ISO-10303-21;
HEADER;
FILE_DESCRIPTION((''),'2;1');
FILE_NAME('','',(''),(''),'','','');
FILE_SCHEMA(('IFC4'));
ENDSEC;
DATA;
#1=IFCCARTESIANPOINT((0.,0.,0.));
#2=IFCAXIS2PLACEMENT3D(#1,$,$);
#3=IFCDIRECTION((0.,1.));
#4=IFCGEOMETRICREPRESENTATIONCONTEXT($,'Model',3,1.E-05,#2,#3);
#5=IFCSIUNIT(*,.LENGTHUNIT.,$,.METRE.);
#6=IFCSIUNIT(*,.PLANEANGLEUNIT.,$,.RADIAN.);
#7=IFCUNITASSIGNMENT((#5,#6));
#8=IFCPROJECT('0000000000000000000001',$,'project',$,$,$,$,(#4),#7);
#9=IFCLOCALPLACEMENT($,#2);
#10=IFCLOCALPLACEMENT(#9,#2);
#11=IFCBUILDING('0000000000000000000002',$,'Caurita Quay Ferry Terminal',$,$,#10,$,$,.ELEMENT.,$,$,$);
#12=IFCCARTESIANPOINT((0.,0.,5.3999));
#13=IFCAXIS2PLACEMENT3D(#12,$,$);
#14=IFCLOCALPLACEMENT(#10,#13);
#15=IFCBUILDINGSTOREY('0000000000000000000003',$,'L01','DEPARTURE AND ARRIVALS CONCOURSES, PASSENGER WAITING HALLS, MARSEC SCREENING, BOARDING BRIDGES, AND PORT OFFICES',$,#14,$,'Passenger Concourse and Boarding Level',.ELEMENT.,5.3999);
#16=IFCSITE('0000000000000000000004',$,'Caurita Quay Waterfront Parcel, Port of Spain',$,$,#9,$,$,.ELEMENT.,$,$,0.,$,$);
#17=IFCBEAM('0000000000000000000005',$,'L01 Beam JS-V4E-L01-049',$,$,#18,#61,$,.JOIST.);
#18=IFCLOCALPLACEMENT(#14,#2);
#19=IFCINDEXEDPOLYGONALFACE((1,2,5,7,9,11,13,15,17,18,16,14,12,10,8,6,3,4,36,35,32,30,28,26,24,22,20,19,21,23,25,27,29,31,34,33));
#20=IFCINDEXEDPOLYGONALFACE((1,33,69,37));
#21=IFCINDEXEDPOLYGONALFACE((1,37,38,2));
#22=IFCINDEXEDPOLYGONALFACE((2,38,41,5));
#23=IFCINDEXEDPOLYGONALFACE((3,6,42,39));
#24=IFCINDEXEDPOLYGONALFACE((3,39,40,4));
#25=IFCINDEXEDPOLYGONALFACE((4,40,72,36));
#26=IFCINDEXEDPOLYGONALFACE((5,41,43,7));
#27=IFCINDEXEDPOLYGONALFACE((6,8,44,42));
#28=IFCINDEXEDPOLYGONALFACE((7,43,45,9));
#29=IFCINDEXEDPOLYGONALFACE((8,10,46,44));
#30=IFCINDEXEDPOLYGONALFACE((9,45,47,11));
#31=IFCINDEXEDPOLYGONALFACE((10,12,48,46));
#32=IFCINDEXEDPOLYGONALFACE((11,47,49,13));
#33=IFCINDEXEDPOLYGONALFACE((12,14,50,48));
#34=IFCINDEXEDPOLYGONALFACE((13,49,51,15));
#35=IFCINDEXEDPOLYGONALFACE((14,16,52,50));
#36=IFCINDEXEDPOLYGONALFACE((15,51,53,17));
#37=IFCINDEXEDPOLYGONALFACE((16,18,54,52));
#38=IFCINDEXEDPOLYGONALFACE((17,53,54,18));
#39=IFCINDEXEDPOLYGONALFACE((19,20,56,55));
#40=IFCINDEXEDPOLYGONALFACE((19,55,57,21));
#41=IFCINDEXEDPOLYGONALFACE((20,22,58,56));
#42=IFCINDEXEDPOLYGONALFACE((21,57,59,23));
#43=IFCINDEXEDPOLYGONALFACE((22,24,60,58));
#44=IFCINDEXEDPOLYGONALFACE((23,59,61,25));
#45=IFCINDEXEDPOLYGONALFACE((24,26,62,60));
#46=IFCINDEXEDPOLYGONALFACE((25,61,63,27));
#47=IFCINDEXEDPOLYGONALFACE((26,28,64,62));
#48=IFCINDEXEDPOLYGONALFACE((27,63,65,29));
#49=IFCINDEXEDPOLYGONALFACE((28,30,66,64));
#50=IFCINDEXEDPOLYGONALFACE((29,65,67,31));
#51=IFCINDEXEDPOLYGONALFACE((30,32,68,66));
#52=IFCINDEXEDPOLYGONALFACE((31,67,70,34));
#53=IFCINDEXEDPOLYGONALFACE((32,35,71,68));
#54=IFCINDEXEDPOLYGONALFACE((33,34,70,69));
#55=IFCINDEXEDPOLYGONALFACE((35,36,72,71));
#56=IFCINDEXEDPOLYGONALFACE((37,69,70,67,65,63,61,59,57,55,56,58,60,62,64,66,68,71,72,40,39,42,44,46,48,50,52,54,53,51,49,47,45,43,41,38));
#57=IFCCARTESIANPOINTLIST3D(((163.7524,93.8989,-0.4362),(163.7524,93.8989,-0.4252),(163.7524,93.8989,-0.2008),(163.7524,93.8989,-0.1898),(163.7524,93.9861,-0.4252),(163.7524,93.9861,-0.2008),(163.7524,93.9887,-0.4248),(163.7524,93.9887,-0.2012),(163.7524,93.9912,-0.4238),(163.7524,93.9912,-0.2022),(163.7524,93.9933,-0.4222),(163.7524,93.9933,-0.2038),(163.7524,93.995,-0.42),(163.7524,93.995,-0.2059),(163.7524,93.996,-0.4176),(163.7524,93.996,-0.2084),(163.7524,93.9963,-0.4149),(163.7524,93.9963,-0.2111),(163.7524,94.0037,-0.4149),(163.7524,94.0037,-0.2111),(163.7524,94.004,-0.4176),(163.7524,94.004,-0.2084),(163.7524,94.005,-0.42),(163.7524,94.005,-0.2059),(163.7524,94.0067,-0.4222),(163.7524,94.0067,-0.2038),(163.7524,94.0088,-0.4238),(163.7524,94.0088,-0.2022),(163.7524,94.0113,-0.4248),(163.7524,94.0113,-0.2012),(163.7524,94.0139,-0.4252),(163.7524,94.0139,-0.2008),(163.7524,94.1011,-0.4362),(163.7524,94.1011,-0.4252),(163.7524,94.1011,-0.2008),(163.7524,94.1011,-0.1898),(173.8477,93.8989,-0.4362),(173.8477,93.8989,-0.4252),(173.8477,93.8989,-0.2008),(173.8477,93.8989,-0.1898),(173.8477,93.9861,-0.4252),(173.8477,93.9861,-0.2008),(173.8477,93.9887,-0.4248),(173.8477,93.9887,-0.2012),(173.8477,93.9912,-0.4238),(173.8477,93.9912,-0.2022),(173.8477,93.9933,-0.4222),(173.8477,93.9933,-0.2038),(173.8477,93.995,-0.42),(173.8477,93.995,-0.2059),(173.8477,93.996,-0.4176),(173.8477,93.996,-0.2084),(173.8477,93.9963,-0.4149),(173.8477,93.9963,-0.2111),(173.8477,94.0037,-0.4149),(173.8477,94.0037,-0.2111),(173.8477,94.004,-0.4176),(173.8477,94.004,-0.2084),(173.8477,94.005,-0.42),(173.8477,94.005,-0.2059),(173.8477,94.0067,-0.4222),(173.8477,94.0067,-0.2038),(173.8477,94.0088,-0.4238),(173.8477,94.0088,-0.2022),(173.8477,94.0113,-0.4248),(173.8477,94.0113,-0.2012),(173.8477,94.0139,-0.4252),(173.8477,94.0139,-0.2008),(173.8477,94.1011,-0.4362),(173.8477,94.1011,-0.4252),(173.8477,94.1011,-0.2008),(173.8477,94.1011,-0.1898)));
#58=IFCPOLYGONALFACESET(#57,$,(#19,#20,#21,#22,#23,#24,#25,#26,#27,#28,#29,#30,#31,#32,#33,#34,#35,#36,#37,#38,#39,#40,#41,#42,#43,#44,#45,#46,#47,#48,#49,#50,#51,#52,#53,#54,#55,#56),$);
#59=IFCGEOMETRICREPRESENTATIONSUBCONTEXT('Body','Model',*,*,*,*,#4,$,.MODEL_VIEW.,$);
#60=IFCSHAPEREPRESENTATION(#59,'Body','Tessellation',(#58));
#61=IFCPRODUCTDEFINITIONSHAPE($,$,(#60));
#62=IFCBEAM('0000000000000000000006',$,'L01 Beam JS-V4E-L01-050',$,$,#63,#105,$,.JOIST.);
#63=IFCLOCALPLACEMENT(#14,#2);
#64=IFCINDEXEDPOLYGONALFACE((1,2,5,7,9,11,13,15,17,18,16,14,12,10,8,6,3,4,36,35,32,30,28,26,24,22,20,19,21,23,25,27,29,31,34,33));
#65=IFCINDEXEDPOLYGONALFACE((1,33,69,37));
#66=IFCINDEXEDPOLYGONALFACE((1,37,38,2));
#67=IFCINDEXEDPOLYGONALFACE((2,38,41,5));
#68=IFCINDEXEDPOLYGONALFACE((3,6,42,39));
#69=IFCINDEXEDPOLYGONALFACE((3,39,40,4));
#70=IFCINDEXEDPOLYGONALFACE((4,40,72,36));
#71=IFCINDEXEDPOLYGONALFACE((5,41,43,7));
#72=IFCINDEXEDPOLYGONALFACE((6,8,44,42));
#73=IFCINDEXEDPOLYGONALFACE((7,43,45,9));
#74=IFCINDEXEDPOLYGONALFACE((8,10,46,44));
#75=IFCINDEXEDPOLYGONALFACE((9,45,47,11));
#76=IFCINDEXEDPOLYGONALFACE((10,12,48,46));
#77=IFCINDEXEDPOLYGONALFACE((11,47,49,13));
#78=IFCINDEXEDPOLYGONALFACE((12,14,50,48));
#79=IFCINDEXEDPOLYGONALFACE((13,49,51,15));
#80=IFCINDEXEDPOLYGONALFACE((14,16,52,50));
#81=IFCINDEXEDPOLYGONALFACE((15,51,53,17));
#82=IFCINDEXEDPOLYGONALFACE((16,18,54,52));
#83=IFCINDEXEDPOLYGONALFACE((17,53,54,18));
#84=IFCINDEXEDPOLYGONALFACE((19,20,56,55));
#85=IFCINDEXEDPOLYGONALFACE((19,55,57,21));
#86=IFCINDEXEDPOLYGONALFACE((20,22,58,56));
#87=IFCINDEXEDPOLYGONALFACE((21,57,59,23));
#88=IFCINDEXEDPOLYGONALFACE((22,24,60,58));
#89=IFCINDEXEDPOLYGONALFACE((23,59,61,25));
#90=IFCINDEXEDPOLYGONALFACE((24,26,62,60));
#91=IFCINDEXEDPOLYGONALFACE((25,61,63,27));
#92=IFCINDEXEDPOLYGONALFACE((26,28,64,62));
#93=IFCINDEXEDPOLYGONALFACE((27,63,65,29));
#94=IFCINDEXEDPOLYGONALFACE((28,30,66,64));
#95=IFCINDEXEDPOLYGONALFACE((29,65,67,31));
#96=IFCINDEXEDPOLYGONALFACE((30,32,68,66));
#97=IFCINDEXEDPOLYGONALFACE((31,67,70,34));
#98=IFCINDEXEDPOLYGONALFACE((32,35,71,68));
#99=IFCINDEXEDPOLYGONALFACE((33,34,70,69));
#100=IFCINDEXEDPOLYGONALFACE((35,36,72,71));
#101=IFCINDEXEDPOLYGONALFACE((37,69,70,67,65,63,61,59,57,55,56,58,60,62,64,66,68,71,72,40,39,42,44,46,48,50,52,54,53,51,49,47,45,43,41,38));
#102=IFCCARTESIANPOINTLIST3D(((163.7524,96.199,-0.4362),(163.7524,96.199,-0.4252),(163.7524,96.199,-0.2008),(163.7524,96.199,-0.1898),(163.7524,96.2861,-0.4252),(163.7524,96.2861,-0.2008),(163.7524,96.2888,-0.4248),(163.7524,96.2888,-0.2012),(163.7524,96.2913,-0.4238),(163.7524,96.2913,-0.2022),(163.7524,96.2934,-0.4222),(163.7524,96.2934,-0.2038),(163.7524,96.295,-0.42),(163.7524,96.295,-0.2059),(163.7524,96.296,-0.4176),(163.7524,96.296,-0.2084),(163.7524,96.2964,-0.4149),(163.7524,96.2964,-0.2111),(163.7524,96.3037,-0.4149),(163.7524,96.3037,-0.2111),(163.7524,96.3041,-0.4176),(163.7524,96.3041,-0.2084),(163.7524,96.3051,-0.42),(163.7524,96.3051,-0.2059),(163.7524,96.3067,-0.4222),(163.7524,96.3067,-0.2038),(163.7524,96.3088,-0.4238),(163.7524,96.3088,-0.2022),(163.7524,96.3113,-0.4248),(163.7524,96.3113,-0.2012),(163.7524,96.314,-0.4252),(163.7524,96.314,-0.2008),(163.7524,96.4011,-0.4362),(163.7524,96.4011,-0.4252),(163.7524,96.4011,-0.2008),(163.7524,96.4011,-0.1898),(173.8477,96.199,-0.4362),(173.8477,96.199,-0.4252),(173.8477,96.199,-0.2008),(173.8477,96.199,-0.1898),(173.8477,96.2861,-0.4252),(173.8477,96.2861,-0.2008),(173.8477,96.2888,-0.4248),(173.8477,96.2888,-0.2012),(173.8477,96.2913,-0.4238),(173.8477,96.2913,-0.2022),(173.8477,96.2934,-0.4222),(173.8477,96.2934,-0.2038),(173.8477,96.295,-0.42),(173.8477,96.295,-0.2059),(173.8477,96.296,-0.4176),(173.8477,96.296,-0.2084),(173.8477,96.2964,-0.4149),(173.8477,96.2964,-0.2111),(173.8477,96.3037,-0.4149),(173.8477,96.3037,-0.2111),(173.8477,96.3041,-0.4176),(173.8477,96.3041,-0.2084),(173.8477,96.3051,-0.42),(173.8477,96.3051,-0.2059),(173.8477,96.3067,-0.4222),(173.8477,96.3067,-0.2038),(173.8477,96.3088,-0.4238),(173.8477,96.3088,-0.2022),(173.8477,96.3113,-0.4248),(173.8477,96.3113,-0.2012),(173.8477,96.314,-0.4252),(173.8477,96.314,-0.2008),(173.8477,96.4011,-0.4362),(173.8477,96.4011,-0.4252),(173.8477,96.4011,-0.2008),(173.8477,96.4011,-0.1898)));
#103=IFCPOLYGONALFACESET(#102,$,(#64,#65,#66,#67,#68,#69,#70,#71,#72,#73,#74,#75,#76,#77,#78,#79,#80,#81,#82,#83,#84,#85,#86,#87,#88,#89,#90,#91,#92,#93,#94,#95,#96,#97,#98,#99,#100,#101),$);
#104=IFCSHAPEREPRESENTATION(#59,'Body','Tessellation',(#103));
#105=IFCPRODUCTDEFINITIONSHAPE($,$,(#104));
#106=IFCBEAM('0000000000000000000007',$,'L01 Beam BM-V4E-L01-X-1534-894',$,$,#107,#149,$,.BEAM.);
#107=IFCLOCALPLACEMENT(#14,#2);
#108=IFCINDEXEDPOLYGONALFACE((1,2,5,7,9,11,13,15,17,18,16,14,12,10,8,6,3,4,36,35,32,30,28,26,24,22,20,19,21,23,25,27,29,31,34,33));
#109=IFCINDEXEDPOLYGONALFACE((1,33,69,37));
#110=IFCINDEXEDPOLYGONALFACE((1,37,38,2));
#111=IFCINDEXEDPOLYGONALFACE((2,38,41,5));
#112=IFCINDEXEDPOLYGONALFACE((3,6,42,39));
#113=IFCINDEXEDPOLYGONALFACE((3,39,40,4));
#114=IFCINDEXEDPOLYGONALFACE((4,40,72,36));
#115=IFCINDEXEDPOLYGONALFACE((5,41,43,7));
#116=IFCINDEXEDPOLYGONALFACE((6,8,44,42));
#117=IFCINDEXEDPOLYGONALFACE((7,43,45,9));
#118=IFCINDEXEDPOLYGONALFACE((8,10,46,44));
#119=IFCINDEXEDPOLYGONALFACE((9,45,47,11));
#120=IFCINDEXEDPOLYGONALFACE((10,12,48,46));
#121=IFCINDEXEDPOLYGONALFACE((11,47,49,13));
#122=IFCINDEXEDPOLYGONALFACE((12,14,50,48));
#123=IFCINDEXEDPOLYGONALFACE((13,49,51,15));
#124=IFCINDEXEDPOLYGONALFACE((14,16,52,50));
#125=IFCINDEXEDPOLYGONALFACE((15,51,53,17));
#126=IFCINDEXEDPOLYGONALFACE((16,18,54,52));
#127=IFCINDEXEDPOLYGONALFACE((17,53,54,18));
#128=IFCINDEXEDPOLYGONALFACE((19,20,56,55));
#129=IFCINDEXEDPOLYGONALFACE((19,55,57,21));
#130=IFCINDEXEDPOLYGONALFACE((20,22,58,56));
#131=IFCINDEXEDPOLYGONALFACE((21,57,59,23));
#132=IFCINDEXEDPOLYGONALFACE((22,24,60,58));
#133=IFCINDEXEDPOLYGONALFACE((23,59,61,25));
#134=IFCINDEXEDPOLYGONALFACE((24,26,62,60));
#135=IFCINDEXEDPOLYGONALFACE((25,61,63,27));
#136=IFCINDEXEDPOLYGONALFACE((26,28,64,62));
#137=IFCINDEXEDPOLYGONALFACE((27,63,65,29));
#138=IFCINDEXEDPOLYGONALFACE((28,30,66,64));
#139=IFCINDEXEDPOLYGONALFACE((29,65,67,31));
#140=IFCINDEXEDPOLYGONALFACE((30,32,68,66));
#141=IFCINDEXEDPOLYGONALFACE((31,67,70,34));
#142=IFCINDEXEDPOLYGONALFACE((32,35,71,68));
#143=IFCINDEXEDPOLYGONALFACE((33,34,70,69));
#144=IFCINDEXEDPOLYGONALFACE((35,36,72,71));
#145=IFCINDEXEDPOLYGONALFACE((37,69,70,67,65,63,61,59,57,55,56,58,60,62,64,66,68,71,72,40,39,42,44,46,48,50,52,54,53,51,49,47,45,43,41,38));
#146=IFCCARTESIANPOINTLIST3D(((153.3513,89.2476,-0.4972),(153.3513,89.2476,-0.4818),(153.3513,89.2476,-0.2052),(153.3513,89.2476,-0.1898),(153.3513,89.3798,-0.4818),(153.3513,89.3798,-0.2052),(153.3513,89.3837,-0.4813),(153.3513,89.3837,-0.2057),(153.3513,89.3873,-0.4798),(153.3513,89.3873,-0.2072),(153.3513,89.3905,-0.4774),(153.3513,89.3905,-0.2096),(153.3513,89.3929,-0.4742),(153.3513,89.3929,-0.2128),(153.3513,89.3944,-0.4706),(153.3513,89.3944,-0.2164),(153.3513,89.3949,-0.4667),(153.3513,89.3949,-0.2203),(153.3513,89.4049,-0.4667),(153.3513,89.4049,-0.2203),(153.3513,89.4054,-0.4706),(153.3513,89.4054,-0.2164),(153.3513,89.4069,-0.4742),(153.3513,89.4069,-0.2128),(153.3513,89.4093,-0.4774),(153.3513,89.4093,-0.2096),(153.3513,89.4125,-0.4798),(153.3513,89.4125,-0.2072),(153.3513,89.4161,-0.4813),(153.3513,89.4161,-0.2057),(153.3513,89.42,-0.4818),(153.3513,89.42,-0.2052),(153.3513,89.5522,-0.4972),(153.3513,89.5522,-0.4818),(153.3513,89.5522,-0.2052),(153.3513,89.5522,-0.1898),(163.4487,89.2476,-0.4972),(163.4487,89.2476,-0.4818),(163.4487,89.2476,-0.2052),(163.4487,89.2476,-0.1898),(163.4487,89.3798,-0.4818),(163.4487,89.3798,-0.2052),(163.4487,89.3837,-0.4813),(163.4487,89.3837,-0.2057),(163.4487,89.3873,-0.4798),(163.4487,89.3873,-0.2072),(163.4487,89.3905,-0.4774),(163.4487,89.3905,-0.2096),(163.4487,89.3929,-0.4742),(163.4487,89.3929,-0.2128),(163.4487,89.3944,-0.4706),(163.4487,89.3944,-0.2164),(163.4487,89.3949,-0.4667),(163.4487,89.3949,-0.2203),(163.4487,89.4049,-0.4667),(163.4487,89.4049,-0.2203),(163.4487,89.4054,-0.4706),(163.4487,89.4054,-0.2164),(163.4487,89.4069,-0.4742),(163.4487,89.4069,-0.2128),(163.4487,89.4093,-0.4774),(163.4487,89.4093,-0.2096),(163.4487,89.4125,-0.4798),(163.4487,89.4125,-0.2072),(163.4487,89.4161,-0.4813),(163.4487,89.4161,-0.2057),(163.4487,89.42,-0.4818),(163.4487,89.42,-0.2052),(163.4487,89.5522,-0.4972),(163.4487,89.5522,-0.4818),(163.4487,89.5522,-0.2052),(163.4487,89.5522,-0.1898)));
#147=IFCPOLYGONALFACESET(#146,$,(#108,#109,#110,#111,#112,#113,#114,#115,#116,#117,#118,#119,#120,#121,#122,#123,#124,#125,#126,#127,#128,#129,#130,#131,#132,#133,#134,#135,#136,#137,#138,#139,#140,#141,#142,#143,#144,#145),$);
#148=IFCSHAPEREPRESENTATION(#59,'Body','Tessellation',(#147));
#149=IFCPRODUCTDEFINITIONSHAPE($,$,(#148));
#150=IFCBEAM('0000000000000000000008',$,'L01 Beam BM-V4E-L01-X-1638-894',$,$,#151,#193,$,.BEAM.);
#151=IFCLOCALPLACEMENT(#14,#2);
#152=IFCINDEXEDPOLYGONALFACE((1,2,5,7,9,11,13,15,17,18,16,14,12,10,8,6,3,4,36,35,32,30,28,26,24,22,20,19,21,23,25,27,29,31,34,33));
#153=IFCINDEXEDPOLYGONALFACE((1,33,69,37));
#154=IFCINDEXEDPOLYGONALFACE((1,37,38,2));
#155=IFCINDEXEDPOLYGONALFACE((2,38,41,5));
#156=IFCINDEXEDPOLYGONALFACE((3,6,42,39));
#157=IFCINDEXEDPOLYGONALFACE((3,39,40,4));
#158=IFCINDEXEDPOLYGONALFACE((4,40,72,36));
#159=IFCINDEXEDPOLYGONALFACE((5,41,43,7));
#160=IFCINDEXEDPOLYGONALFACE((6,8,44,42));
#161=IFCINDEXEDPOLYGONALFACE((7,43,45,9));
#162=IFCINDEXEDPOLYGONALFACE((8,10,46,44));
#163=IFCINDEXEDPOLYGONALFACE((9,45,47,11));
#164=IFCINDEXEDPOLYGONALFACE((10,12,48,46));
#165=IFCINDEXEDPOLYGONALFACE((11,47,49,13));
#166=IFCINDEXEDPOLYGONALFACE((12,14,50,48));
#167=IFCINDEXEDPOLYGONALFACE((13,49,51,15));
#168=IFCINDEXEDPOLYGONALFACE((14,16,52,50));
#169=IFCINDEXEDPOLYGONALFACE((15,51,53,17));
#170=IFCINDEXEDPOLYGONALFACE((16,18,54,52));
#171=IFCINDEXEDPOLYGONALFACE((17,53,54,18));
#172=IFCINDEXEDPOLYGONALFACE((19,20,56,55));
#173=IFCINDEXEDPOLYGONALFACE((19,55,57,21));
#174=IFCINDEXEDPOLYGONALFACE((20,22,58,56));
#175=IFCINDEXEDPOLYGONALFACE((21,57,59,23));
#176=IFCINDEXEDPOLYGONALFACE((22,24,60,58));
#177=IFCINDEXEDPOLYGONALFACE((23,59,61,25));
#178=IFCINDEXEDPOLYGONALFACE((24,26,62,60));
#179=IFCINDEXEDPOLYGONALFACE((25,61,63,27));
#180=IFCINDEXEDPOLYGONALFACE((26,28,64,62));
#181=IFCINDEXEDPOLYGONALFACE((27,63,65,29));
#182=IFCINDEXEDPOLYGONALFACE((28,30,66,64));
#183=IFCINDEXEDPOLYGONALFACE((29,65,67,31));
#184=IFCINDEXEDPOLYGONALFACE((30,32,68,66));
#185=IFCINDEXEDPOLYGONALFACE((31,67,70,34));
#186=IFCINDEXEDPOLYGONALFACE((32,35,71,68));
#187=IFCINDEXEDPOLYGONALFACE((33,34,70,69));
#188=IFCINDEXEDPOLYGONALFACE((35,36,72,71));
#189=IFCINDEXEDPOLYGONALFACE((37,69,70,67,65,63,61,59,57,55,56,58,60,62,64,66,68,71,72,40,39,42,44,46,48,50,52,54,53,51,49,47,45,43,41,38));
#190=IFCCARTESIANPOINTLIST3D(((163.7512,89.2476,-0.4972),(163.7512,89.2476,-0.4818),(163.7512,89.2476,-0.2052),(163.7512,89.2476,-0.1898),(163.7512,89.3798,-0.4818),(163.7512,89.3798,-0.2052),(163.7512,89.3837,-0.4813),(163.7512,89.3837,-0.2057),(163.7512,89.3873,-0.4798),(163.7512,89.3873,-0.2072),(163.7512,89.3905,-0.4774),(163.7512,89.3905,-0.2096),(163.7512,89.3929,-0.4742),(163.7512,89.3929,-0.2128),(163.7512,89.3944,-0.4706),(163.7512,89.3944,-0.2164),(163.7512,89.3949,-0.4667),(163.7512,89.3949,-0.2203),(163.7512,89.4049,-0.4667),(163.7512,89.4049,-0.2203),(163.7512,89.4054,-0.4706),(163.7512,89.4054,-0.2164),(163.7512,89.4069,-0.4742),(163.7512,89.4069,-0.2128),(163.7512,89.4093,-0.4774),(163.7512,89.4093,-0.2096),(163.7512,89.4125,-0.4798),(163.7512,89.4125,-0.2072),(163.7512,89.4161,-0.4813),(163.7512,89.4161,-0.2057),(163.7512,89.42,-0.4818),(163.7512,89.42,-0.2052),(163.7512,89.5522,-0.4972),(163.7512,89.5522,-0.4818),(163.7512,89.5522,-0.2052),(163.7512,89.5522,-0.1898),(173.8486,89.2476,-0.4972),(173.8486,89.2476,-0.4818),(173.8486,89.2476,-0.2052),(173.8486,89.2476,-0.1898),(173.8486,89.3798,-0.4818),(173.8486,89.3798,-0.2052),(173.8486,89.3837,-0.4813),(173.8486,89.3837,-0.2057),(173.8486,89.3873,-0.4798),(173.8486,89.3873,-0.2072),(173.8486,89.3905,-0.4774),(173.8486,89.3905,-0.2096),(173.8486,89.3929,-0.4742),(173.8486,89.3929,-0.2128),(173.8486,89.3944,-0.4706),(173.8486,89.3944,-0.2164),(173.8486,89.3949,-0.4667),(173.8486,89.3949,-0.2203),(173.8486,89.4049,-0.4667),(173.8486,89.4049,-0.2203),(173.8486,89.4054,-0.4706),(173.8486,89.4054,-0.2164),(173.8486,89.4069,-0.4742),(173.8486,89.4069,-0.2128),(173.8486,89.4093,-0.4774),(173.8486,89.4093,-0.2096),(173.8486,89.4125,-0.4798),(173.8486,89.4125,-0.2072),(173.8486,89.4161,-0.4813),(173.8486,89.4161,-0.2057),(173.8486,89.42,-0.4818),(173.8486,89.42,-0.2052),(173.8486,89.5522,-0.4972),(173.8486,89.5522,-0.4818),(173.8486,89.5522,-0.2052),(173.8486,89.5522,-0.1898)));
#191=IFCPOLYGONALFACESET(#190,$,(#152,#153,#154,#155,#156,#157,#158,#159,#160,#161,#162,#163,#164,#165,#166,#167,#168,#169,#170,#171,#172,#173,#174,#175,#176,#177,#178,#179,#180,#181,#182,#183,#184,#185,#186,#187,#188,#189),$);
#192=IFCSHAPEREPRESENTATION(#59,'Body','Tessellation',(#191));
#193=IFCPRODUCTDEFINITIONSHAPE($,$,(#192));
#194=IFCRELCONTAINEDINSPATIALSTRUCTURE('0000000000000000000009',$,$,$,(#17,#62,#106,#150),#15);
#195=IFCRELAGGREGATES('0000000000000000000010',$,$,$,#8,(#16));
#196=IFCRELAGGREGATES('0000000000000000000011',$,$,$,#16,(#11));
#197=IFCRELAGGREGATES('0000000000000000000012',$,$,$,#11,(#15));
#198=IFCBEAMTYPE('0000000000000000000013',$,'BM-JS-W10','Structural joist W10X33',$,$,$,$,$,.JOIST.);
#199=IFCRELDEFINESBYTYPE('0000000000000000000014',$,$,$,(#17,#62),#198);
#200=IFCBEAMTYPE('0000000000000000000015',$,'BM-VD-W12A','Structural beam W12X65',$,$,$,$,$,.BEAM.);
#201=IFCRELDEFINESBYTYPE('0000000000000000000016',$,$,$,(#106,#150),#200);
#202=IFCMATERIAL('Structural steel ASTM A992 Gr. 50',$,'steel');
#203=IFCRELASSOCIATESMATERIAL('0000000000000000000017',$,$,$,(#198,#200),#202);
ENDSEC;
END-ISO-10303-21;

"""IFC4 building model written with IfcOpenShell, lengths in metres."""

from ifc_helpers import new_model, si_unit, direction, frame, origin, origin_2d, place, context, subcontext, project, spatial, i_section, extrude, material, material_profile, profile_set, type_object, element, save


model = new_model("IFC4")

# Units and contexts
model_context = context("Model", 3, precision=1e-05, world=origin(), true_north=direction((0.0, 1.0)))
body_context = subcontext(model_context, "Body", "Model", "MODEL_VIEW")
ifc_project = project(units=[si_unit("LENGTHUNIT", "METRE"), si_unit("PLANEANGLEUNIT", "RADIAN")], contexts=[model_context])

# Site, building, storey
site_placement = place(None, origin())
site = spatial("IfcSite", under=ifc_project, at=site_placement, Name="Caurita Quay Waterfront Parcel, Port of Spain", CompositionType="ELEMENT", RefElevation=0.0)
building_placement = place(site_placement, origin())
building = spatial("IfcBuilding", under=site, at=building_placement, Name="Caurita Quay Ferry Terminal", CompositionType="ELEMENT")
storey_placement = place(building_placement, frame((0.0, 0.0, 5.3999)))
storey = spatial("IfcBuildingStorey", under=building, at=storey_placement, Name="L01", Description="DEPARTURE AND ARRIVALS CONCOURSES, PASSENGER WAITING HALLS, MARSEC SCREENING, BOARDING BRIDGES, AND PORT OFFICES", LongName="Passenger Concourse and Boarding Level", CompositionType="ELEMENT", Elevation=5.3999)

# Beams
ifc_material_1 = material(Name="Structural steel ASTM A992 Gr. 50", Category="steel")
ifc_material_profile_1 = material_profile(ifc_material_1, i_section(OverallWidth=0.2021, OverallDepth=0.2463, WebThickness=0.0073, FlangeThickness=0.011, FilletRadius=0.0103, at=origin_2d()), Name="W10X33")
ifc_profile_set_1 = profile_set([ifc_material_profile_1], Name="Structural steel ASTM A992 Gr. 50")
beam_type_1 = type_object("IfcBeamType", Name="BM-JS-W10", Description="Structural joist W10X33", PredefinedType="JOIST", material=ifc_profile_set_1)
for number, where, z_axis, x_axis, name in (
    (1, (163.7524, 94.0, -0.313), (1.0, 0.0, 0.0), (0.0, 1.0, 0.0), "L01 Beam JS-V4E-L01-049"),
    (2, (163.7524, 96.3, -0.313), (1.0, 0.0, 0.0), (0.0, 1.0, 0.0), "L01 Beam JS-V4E-L01-050"),
):
    element("IfcBeam", number, at=place(storey_placement, frame(where, z_axis=z_axis, x_axis=x_axis)), inside=storey, type_object=beam_type_1, Name=name, PredefinedType="JOIST", context=body_context, shape_type="SweptSolid", body=[
        extrude(i_section(OverallWidth=0.2021, OverallDepth=0.2463, WebThickness=0.0073, FlangeThickness=0.011, FilletRadius=0.0103, at=origin_2d()), origin(), (0.0, 0.0, 1.0), 10.0952),
    ])
ifc_material_profile_2 = material_profile(ifc_material_1, i_section(OverallWidth=0.3047, OverallDepth=0.3074, WebThickness=0.01, FlangeThickness=0.0154, FilletRadius=0.0151, at=origin_2d()), Name="W12X65")
ifc_profile_set_2 = profile_set([ifc_material_profile_2], Name="Structural steel ASTM A992 Gr. 50")
beam_type_2 = type_object("IfcBeamType", Name="BM-VD-W12A", Description="Structural beam W12X65", PredefinedType="BEAM", material=ifc_profile_set_2)
for number, where, z_axis, x_axis, name in (
    (3, (153.3513, 89.3999, -0.3435), (1.0, 0.0, 0.0), (0.0, 1.0, 0.0), "L01 Beam BM-V4E-L01-X-1534-894"),
    (4, (163.7512, 89.3999, -0.3435), (1.0, 0.0, 0.0), (0.0, 1.0, 0.0), "L01 Beam BM-V4E-L01-X-1638-894"),
):
    element("IfcBeam", number, at=place(storey_placement, frame(where, z_axis=z_axis, x_axis=x_axis)), inside=storey, type_object=beam_type_2, Name=name, PredefinedType="BEAM", context=body_context, shape_type="SweptSolid", body=[
        extrude(i_section(OverallWidth=0.3047, OverallDepth=0.3074, WebThickness=0.01, FlangeThickness=0.0154, FilletRadius=0.0151, at=origin_2d()), origin(), (0.0, 0.0, 1.0), 10.0974),
    ])

save(model, "model.ifc")
